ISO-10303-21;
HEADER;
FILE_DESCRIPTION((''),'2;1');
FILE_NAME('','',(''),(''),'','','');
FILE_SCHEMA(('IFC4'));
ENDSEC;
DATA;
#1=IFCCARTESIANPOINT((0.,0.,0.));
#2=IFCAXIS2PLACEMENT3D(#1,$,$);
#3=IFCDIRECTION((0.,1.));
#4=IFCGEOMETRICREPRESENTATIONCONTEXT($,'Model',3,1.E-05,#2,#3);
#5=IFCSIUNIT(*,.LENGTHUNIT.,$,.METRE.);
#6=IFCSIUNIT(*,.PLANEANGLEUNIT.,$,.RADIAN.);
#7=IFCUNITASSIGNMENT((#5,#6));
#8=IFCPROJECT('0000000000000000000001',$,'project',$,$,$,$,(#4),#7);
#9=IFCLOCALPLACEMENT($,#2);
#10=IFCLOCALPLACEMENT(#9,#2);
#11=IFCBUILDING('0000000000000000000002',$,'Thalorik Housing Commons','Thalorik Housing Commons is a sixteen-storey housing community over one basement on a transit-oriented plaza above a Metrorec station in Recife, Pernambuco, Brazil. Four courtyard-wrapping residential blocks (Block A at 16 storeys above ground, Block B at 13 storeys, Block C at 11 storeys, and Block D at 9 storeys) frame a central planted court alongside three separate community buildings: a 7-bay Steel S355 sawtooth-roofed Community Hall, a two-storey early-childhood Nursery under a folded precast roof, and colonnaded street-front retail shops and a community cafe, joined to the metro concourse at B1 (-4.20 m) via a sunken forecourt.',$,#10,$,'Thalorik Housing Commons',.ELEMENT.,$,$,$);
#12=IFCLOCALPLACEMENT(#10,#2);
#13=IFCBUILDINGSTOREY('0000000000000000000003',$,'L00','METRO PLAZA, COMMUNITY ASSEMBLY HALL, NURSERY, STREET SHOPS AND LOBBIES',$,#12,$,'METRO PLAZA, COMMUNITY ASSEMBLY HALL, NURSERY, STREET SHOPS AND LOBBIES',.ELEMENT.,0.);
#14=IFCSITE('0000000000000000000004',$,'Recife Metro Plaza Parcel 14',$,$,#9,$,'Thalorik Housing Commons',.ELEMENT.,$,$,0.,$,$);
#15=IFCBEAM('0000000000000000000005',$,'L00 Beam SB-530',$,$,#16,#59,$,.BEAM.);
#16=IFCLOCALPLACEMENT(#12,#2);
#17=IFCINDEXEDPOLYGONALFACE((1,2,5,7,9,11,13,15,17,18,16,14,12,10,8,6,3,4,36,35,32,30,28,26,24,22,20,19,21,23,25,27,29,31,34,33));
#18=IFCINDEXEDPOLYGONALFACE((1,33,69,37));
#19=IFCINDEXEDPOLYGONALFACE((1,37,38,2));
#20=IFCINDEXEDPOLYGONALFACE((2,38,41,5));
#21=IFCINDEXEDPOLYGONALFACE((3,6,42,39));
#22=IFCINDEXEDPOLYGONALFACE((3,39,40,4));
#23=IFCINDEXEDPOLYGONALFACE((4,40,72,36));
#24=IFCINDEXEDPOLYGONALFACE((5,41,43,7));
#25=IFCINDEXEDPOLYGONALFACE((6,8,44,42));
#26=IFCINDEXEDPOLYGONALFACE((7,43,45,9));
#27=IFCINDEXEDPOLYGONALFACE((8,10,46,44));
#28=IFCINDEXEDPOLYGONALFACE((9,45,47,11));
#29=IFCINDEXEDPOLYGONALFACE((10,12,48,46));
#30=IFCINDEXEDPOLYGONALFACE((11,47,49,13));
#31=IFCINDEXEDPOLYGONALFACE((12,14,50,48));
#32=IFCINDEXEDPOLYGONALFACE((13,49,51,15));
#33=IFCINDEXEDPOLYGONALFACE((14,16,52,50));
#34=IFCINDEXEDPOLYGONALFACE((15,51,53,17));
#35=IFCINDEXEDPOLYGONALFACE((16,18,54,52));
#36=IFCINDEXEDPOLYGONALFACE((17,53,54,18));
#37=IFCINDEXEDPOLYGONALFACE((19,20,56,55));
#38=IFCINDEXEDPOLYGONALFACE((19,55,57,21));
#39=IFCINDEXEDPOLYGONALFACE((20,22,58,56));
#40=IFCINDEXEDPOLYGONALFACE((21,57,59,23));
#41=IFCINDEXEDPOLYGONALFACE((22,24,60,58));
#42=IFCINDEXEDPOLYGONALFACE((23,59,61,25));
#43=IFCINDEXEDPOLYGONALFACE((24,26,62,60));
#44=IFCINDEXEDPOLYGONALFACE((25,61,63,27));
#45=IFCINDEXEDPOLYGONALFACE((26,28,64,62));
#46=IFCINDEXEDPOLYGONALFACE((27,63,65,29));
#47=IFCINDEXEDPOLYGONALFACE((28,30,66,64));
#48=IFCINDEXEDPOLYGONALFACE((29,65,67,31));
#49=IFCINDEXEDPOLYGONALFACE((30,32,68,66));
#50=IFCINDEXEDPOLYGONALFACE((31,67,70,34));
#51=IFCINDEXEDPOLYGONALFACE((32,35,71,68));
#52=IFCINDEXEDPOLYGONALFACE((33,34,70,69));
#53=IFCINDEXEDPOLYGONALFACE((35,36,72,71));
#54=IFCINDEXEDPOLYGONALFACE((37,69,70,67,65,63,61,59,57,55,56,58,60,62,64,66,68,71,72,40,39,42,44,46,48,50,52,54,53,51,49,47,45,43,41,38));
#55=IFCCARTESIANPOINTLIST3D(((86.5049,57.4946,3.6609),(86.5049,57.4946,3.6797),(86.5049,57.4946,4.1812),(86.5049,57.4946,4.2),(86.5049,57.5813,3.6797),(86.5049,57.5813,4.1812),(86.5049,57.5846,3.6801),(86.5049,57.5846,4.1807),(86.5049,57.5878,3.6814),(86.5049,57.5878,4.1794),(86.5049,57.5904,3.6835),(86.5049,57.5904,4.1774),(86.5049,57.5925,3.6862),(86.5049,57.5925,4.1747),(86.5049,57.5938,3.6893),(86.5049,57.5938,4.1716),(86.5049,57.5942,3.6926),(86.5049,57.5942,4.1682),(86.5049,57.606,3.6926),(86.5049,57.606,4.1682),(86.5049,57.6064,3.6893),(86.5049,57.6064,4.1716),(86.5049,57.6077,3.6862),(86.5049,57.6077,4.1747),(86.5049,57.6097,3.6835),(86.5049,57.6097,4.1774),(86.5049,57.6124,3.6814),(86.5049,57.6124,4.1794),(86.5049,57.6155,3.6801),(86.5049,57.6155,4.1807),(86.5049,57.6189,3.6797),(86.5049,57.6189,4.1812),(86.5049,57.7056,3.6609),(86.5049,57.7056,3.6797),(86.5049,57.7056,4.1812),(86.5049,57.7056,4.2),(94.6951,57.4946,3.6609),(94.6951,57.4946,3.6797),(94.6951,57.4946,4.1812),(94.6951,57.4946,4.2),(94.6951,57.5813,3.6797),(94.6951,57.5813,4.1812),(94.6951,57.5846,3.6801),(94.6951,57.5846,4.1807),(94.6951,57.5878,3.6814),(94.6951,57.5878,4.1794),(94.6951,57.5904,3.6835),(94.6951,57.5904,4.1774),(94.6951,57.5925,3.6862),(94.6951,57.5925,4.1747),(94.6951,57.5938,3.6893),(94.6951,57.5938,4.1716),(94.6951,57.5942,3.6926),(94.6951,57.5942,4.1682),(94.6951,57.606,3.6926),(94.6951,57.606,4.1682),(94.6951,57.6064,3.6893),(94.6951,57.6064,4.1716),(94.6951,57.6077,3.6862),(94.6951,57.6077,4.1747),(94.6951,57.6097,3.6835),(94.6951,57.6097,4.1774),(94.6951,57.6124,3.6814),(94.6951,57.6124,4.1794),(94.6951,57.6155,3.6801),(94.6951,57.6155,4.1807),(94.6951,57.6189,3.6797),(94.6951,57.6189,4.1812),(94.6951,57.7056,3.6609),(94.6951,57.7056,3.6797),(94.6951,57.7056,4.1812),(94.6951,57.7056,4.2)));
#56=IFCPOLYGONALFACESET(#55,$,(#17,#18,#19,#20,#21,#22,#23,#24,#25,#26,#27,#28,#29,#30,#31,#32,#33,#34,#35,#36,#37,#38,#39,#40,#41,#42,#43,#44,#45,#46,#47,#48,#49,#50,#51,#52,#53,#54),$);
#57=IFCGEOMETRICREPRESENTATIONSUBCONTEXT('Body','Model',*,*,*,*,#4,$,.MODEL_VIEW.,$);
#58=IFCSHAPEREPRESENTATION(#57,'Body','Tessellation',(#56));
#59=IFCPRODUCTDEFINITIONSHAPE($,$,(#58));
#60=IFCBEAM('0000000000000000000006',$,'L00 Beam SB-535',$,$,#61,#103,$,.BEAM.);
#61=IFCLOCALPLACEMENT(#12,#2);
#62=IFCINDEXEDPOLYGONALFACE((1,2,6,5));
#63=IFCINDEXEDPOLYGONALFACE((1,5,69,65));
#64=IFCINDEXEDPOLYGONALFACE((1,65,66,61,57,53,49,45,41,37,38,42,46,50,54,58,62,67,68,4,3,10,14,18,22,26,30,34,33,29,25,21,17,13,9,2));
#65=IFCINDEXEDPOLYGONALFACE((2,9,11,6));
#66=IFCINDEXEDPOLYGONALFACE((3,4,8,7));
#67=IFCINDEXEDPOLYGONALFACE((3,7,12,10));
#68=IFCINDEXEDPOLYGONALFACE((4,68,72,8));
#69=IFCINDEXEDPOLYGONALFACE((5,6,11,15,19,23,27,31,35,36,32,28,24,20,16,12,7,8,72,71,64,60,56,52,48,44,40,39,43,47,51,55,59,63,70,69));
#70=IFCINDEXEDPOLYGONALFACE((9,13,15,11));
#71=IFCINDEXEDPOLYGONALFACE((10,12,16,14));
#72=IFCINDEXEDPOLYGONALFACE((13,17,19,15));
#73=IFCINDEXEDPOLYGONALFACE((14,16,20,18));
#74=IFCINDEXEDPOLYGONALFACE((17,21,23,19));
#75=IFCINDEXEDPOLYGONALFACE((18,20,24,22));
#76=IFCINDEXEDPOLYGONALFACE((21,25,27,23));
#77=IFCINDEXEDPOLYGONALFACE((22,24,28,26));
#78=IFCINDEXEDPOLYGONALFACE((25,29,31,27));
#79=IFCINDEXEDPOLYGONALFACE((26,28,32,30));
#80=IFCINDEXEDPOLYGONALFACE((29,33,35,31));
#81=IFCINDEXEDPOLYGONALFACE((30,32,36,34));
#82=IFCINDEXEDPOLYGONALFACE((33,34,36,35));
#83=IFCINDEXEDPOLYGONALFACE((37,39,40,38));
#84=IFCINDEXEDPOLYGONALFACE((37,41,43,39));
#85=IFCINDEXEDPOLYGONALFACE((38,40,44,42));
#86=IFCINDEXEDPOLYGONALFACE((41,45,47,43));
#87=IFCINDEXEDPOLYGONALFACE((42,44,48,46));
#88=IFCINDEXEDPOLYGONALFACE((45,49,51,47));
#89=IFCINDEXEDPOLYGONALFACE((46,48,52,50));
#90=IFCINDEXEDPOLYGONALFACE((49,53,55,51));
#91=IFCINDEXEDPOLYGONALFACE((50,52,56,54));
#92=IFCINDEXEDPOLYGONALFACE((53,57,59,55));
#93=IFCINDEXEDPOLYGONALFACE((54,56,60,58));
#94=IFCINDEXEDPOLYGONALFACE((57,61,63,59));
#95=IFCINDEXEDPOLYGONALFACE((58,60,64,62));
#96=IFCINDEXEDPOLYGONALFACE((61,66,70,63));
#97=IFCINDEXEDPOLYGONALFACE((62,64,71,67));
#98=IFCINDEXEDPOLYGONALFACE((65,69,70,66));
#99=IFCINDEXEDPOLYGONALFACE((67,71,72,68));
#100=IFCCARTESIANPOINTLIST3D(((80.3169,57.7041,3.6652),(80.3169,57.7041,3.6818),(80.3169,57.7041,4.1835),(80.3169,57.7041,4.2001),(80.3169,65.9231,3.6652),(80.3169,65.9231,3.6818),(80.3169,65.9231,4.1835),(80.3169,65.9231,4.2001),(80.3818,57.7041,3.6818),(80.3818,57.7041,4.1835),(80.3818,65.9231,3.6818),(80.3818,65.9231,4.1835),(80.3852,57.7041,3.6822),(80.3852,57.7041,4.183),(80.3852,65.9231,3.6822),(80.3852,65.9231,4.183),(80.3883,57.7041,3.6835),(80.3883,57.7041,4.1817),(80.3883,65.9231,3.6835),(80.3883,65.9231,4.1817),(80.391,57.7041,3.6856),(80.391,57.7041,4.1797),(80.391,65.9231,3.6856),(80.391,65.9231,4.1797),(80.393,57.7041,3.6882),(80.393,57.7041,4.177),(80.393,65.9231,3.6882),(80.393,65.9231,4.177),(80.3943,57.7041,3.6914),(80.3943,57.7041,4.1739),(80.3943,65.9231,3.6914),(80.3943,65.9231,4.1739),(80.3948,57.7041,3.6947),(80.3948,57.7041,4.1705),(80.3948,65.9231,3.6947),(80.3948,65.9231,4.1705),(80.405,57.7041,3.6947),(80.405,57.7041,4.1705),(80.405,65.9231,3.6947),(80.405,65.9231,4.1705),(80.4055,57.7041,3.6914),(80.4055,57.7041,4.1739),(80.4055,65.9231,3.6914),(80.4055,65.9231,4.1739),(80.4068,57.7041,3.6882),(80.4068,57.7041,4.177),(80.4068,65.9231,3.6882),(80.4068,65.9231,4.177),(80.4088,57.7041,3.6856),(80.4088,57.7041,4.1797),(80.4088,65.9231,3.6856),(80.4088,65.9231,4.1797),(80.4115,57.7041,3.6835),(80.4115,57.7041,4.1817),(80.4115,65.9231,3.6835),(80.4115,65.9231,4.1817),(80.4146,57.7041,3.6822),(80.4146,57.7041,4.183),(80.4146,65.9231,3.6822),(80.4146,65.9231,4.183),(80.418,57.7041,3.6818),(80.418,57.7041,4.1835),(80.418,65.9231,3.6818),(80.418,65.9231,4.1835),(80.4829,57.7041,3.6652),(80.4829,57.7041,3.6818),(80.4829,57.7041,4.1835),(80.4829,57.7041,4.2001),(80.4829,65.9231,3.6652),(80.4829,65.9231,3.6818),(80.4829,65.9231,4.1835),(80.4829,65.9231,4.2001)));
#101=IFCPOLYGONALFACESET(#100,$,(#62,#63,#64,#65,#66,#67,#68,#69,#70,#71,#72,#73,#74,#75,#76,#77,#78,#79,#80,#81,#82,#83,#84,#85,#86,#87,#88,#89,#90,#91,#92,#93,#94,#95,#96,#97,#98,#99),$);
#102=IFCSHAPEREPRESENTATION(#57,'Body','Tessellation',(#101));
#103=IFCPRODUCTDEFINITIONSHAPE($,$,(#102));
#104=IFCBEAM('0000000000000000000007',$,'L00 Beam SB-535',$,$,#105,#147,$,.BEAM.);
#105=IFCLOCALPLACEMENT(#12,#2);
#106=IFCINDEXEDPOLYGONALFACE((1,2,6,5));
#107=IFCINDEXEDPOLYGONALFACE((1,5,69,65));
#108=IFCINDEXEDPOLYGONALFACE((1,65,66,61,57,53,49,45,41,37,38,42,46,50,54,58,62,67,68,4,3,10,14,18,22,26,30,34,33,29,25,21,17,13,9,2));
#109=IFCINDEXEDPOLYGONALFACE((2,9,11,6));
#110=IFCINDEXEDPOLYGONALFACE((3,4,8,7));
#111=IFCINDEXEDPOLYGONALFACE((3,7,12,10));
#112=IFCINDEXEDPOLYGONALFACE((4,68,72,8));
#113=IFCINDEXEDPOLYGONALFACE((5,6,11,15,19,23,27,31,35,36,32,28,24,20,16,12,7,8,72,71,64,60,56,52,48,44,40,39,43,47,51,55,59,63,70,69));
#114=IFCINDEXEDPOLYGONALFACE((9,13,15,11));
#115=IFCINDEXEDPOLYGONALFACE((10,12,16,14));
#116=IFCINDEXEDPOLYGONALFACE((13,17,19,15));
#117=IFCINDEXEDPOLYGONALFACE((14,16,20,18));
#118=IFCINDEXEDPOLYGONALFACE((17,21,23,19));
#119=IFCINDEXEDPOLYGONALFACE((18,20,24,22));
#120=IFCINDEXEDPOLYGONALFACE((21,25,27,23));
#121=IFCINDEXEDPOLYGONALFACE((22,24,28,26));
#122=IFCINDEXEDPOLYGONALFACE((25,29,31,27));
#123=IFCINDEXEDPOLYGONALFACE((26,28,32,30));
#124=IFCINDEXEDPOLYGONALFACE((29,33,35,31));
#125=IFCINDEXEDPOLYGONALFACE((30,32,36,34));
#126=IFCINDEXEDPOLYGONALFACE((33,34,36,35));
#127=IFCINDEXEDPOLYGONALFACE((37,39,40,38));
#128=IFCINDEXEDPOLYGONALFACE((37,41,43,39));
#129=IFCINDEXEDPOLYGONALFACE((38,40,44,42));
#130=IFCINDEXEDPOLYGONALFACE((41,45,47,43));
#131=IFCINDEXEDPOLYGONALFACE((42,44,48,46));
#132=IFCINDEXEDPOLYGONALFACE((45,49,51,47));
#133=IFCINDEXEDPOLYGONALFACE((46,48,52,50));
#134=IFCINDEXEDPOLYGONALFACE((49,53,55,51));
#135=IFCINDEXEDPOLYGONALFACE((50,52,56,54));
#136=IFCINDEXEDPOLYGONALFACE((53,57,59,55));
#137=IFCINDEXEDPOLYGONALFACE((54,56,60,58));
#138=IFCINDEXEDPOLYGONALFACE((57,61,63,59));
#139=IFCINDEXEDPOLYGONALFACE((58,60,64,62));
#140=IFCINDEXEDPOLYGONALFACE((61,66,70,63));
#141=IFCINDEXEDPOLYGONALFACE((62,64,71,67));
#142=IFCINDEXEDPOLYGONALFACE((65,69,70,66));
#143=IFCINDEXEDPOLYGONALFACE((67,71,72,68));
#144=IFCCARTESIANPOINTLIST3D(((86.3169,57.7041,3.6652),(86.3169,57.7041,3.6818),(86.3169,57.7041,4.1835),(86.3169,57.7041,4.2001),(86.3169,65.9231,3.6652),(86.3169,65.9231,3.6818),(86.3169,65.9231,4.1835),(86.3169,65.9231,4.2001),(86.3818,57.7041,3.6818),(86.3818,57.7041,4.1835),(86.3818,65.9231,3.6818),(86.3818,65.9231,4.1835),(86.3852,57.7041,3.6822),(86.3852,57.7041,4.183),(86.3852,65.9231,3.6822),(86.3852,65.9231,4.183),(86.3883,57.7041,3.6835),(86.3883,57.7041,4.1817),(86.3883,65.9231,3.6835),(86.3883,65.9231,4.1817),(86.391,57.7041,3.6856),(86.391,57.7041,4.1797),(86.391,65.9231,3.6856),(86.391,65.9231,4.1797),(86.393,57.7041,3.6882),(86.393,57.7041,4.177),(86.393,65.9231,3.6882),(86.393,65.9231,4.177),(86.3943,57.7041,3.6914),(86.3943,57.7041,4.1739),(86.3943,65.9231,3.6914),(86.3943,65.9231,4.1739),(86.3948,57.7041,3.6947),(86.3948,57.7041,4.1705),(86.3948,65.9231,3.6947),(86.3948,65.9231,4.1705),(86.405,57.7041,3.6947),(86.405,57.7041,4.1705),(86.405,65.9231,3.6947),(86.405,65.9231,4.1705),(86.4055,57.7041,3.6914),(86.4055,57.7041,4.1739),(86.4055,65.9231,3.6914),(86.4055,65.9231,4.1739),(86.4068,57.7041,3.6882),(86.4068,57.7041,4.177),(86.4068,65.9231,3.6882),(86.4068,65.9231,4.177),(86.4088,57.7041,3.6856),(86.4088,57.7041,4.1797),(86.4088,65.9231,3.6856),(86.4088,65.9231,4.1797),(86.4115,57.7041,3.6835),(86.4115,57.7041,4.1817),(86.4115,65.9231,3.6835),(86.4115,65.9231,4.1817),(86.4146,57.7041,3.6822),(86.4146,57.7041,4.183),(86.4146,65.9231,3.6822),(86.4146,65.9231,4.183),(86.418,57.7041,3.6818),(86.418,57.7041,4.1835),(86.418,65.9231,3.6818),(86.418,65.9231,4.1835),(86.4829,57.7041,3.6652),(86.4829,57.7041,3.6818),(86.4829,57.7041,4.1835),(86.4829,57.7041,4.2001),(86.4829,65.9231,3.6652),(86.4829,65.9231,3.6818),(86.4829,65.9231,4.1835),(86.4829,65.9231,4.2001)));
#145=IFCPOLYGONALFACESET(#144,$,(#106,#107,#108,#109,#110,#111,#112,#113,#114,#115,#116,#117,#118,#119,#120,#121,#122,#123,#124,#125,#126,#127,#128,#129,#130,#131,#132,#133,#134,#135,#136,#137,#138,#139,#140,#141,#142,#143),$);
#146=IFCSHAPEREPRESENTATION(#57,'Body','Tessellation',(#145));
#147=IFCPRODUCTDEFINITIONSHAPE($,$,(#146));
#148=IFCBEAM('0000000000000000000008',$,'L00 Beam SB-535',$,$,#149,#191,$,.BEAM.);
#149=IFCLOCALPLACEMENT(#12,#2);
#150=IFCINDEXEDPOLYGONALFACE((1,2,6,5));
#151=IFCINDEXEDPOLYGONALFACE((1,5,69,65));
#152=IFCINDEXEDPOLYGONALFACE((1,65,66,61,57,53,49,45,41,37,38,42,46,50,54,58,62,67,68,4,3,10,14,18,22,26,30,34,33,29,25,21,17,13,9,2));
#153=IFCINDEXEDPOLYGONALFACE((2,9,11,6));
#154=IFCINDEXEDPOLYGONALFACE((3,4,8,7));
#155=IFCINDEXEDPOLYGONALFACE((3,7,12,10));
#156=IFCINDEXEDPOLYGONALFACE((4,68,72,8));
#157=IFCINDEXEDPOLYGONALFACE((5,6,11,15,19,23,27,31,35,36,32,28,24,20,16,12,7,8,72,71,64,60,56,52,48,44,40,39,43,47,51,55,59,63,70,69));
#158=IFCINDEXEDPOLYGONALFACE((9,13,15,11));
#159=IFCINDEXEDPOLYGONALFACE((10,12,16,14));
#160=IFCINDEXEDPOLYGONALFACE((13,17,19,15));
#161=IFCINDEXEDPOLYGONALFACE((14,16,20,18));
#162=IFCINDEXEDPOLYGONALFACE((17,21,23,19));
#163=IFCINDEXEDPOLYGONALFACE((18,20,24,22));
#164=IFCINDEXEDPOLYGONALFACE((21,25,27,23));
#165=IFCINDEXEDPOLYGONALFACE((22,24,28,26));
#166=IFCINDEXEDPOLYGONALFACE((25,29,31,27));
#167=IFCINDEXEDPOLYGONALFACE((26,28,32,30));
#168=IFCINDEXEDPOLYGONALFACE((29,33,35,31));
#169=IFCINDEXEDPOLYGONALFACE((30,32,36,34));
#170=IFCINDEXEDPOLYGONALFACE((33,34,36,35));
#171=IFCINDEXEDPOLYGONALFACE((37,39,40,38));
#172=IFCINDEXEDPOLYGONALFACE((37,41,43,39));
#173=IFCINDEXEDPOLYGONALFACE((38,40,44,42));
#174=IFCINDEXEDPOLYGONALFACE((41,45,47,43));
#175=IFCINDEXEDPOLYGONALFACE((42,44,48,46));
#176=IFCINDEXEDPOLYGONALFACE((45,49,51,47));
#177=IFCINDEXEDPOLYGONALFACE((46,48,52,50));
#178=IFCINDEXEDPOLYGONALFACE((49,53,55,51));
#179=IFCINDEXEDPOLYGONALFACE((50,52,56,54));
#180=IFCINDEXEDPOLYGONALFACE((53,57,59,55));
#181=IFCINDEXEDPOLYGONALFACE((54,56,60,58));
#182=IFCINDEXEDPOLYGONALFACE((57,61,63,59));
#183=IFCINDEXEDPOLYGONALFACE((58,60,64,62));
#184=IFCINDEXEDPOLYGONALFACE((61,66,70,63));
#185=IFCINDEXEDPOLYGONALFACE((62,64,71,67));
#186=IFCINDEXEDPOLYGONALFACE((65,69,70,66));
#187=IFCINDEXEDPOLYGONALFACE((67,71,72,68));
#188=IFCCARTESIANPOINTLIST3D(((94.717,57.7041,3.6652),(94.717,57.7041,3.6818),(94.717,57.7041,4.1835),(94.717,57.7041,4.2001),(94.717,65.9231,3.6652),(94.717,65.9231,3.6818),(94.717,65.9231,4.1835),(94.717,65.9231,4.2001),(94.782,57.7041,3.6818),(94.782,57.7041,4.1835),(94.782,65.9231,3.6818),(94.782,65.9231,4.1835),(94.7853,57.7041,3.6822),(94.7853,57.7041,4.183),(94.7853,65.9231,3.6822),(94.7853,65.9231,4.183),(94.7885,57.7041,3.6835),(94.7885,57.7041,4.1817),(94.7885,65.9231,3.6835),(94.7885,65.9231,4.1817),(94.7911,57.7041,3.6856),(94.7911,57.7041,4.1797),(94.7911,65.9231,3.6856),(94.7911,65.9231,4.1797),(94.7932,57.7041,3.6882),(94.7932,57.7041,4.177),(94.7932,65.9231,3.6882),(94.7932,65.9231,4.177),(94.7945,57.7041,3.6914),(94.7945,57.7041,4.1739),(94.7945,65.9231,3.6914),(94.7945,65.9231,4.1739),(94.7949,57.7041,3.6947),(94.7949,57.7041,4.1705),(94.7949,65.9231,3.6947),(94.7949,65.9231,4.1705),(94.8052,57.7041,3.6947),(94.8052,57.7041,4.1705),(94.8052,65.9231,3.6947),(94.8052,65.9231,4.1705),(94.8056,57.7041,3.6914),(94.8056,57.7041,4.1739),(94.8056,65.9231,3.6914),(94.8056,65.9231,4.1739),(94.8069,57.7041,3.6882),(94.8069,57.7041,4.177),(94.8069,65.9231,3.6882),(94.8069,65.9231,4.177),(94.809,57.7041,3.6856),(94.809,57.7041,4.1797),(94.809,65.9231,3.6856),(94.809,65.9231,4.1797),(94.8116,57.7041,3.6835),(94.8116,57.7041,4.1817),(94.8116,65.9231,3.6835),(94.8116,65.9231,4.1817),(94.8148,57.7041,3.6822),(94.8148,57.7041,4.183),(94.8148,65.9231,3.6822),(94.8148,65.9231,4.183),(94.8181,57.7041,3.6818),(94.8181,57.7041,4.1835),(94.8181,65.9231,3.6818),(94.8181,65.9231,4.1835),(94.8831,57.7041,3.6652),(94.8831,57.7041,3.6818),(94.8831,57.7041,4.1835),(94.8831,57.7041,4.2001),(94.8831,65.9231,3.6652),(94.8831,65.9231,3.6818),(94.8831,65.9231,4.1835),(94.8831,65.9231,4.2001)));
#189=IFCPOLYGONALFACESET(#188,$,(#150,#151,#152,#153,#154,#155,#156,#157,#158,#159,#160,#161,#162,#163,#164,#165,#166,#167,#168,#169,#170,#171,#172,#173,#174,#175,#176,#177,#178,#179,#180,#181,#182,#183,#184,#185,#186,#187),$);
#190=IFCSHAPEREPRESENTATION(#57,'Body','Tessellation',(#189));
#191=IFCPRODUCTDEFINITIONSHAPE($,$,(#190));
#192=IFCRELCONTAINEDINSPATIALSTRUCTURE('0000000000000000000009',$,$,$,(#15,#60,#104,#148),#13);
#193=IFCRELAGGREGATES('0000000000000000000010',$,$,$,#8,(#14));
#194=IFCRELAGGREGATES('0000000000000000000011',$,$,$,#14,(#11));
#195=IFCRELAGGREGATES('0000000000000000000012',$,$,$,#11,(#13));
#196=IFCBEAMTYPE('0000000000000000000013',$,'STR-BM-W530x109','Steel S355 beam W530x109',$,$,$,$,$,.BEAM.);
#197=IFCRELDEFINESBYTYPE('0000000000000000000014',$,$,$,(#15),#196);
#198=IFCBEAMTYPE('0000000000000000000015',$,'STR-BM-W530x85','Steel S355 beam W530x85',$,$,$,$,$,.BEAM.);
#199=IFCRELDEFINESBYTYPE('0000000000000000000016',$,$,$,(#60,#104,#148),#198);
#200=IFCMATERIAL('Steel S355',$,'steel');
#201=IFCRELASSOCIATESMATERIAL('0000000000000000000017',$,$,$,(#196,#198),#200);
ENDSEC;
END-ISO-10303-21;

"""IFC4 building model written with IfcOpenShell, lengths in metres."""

from ifc_helpers import new_model, si_unit, direction, frame, origin, origin_2d, place, context, subcontext, project, spatial, i_section, extrude, material, material_profile, profile_set, type_object, element, save


model = new_model("IFC4")

# Units and contexts
model_context = context("Model", 3, precision=1e-05, world=origin(), true_north=direction((0.0, 1.0)))
body_context = subcontext(model_context, "Body", "Model", "MODEL_VIEW")
ifc_project = project(units=[si_unit("LENGTHUNIT", "METRE"), si_unit("PLANEANGLEUNIT", "RADIAN")], contexts=[model_context])

# Site, building, storey
site_placement = place(None, origin())
site = spatial("IfcSite", under=ifc_project, at=site_placement, Name="Recife Metro Plaza Parcel 14", LongName="Thalorik Housing Commons", CompositionType="ELEMENT", RefElevation=0.0)
building_placement = place(site_placement, origin())
building = spatial("IfcBuilding", under=site, at=building_placement, Name="Thalorik Housing Commons", Description="Thalorik Housing Commons is a sixteen-storey housing community over one basement on a transit-oriented plaza above a Metrorec station in Recife, Pernambuco, Brazil. Four courtyard-wrapping residential blocks (Block A at 16 storeys above ground, Block B at 13 storeys, Block C at 11 storeys, and Block D at 9 storeys) frame a central planted court alongside three separate community buildings: a 7-bay Steel S355 sawtooth-roofed Community Hall, a two-storey early-childhood Nursery under a folded precast roof, and colonnaded street-front retail shops and a community cafe, joined to the metro concourse at B1 (-4.20 m) via a sunken forecourt.", LongName="Thalorik Housing Commons", CompositionType="ELEMENT")
storey_placement = place(building_placement, origin())
storey = spatial("IfcBuildingStorey", under=building, at=storey_placement, Name="L00", Description="METRO PLAZA, COMMUNITY ASSEMBLY HALL, NURSERY, STREET SHOPS AND LOBBIES", LongName="METRO PLAZA, COMMUNITY ASSEMBLY HALL, NURSERY, STREET SHOPS AND LOBBIES", CompositionType="ELEMENT", Elevation=0.0)

# Shared definitions
ifc_material_1 = material(Name="Steel S355", Category="steel")

# Beams
ifc_material_profile_1 = material_profile(ifc_material_1, i_section(OverallWidth=0.2109, OverallDepth=0.5391, WebThickness=0.0117, FlangeThickness=0.0188, FilletRadius=0.0129, at=origin_2d()), Name="W530x109", Category="steel")
ifc_profile_set_1 = profile_set([ifc_material_profile_1], Name="Steel S355")
beam_type_1 = type_object("IfcBeamType", Name="STR-BM-W530x109", Description="Steel S355 beam W530x109", PredefinedType="BEAM", material=ifc_profile_set_1)
beam_1_placement = place(storey_placement, frame((86.5049, 57.6001, 3.9304), z_axis=(1.0, 0.0, 0.0), x_axis=(0.0, 1.0, 0.0)))
element("IfcBeam", 1, at=beam_1_placement, inside=storey, type_object=beam_type_1, Name="L00 Beam SB-530", PredefinedType="BEAM", context=body_context, shape_type="SweptSolid", body=[
    extrude(i_section(OverallWidth=0.2109, OverallDepth=0.5391, WebThickness=0.0117, FlangeThickness=0.0188, FilletRadius=0.0129, at=origin_2d()), origin(), (0.0, 0.0, 1.0), 8.1902),
])
ifc_material_profile_2 = material_profile(ifc_material_1, i_section(OverallWidth=0.166, OverallDepth=0.5349, WebThickness=0.0103, FlangeThickness=0.0166, FilletRadius=0.0129, at=origin_2d()), Name="W530x85", Category="steel")
ifc_profile_set_2 = profile_set([ifc_material_profile_2], Name="Steel S355")
beam_type_2 = type_object("IfcBeamType", Name="STR-BM-W530x85", Description="Steel S355 beam W530x85", PredefinedType="BEAM", material=ifc_profile_set_2)
for number, where, z_axis, x_axis, name in (
    (2, (80.3999, 57.7041, 3.9326), (0.0, 1.0, 0.0), (-1.0, 0.0, 0.0), "L00 Beam SB-535"),
    (3, (86.3999, 57.7041, 3.9326), (0.0, 1.0, 0.0), (-1.0, 0.0, 0.0), "L00 Beam SB-535"),
    (4, (94.8, 57.7041, 3.9326), (0.0, 1.0, 0.0), (-1.0, 0.0, 0.0), "L00 Beam SB-535"),
):
    element("IfcBeam", number, at=place(storey_placement, frame(where, z_axis=z_axis, x_axis=x_axis)), inside=storey, type_object=beam_type_2, Name=name, PredefinedType="BEAM", context=body_context, shape_type="SweptSolid", body=[
        extrude(i_section(OverallWidth=0.166, OverallDepth=0.5349, WebThickness=0.0103, FlangeThickness=0.0166, FilletRadius=0.0129, at=origin_2d()), origin(), (0.0, 0.0, 1.0), 8.219),
    ])

save(model, "model.ifc")
